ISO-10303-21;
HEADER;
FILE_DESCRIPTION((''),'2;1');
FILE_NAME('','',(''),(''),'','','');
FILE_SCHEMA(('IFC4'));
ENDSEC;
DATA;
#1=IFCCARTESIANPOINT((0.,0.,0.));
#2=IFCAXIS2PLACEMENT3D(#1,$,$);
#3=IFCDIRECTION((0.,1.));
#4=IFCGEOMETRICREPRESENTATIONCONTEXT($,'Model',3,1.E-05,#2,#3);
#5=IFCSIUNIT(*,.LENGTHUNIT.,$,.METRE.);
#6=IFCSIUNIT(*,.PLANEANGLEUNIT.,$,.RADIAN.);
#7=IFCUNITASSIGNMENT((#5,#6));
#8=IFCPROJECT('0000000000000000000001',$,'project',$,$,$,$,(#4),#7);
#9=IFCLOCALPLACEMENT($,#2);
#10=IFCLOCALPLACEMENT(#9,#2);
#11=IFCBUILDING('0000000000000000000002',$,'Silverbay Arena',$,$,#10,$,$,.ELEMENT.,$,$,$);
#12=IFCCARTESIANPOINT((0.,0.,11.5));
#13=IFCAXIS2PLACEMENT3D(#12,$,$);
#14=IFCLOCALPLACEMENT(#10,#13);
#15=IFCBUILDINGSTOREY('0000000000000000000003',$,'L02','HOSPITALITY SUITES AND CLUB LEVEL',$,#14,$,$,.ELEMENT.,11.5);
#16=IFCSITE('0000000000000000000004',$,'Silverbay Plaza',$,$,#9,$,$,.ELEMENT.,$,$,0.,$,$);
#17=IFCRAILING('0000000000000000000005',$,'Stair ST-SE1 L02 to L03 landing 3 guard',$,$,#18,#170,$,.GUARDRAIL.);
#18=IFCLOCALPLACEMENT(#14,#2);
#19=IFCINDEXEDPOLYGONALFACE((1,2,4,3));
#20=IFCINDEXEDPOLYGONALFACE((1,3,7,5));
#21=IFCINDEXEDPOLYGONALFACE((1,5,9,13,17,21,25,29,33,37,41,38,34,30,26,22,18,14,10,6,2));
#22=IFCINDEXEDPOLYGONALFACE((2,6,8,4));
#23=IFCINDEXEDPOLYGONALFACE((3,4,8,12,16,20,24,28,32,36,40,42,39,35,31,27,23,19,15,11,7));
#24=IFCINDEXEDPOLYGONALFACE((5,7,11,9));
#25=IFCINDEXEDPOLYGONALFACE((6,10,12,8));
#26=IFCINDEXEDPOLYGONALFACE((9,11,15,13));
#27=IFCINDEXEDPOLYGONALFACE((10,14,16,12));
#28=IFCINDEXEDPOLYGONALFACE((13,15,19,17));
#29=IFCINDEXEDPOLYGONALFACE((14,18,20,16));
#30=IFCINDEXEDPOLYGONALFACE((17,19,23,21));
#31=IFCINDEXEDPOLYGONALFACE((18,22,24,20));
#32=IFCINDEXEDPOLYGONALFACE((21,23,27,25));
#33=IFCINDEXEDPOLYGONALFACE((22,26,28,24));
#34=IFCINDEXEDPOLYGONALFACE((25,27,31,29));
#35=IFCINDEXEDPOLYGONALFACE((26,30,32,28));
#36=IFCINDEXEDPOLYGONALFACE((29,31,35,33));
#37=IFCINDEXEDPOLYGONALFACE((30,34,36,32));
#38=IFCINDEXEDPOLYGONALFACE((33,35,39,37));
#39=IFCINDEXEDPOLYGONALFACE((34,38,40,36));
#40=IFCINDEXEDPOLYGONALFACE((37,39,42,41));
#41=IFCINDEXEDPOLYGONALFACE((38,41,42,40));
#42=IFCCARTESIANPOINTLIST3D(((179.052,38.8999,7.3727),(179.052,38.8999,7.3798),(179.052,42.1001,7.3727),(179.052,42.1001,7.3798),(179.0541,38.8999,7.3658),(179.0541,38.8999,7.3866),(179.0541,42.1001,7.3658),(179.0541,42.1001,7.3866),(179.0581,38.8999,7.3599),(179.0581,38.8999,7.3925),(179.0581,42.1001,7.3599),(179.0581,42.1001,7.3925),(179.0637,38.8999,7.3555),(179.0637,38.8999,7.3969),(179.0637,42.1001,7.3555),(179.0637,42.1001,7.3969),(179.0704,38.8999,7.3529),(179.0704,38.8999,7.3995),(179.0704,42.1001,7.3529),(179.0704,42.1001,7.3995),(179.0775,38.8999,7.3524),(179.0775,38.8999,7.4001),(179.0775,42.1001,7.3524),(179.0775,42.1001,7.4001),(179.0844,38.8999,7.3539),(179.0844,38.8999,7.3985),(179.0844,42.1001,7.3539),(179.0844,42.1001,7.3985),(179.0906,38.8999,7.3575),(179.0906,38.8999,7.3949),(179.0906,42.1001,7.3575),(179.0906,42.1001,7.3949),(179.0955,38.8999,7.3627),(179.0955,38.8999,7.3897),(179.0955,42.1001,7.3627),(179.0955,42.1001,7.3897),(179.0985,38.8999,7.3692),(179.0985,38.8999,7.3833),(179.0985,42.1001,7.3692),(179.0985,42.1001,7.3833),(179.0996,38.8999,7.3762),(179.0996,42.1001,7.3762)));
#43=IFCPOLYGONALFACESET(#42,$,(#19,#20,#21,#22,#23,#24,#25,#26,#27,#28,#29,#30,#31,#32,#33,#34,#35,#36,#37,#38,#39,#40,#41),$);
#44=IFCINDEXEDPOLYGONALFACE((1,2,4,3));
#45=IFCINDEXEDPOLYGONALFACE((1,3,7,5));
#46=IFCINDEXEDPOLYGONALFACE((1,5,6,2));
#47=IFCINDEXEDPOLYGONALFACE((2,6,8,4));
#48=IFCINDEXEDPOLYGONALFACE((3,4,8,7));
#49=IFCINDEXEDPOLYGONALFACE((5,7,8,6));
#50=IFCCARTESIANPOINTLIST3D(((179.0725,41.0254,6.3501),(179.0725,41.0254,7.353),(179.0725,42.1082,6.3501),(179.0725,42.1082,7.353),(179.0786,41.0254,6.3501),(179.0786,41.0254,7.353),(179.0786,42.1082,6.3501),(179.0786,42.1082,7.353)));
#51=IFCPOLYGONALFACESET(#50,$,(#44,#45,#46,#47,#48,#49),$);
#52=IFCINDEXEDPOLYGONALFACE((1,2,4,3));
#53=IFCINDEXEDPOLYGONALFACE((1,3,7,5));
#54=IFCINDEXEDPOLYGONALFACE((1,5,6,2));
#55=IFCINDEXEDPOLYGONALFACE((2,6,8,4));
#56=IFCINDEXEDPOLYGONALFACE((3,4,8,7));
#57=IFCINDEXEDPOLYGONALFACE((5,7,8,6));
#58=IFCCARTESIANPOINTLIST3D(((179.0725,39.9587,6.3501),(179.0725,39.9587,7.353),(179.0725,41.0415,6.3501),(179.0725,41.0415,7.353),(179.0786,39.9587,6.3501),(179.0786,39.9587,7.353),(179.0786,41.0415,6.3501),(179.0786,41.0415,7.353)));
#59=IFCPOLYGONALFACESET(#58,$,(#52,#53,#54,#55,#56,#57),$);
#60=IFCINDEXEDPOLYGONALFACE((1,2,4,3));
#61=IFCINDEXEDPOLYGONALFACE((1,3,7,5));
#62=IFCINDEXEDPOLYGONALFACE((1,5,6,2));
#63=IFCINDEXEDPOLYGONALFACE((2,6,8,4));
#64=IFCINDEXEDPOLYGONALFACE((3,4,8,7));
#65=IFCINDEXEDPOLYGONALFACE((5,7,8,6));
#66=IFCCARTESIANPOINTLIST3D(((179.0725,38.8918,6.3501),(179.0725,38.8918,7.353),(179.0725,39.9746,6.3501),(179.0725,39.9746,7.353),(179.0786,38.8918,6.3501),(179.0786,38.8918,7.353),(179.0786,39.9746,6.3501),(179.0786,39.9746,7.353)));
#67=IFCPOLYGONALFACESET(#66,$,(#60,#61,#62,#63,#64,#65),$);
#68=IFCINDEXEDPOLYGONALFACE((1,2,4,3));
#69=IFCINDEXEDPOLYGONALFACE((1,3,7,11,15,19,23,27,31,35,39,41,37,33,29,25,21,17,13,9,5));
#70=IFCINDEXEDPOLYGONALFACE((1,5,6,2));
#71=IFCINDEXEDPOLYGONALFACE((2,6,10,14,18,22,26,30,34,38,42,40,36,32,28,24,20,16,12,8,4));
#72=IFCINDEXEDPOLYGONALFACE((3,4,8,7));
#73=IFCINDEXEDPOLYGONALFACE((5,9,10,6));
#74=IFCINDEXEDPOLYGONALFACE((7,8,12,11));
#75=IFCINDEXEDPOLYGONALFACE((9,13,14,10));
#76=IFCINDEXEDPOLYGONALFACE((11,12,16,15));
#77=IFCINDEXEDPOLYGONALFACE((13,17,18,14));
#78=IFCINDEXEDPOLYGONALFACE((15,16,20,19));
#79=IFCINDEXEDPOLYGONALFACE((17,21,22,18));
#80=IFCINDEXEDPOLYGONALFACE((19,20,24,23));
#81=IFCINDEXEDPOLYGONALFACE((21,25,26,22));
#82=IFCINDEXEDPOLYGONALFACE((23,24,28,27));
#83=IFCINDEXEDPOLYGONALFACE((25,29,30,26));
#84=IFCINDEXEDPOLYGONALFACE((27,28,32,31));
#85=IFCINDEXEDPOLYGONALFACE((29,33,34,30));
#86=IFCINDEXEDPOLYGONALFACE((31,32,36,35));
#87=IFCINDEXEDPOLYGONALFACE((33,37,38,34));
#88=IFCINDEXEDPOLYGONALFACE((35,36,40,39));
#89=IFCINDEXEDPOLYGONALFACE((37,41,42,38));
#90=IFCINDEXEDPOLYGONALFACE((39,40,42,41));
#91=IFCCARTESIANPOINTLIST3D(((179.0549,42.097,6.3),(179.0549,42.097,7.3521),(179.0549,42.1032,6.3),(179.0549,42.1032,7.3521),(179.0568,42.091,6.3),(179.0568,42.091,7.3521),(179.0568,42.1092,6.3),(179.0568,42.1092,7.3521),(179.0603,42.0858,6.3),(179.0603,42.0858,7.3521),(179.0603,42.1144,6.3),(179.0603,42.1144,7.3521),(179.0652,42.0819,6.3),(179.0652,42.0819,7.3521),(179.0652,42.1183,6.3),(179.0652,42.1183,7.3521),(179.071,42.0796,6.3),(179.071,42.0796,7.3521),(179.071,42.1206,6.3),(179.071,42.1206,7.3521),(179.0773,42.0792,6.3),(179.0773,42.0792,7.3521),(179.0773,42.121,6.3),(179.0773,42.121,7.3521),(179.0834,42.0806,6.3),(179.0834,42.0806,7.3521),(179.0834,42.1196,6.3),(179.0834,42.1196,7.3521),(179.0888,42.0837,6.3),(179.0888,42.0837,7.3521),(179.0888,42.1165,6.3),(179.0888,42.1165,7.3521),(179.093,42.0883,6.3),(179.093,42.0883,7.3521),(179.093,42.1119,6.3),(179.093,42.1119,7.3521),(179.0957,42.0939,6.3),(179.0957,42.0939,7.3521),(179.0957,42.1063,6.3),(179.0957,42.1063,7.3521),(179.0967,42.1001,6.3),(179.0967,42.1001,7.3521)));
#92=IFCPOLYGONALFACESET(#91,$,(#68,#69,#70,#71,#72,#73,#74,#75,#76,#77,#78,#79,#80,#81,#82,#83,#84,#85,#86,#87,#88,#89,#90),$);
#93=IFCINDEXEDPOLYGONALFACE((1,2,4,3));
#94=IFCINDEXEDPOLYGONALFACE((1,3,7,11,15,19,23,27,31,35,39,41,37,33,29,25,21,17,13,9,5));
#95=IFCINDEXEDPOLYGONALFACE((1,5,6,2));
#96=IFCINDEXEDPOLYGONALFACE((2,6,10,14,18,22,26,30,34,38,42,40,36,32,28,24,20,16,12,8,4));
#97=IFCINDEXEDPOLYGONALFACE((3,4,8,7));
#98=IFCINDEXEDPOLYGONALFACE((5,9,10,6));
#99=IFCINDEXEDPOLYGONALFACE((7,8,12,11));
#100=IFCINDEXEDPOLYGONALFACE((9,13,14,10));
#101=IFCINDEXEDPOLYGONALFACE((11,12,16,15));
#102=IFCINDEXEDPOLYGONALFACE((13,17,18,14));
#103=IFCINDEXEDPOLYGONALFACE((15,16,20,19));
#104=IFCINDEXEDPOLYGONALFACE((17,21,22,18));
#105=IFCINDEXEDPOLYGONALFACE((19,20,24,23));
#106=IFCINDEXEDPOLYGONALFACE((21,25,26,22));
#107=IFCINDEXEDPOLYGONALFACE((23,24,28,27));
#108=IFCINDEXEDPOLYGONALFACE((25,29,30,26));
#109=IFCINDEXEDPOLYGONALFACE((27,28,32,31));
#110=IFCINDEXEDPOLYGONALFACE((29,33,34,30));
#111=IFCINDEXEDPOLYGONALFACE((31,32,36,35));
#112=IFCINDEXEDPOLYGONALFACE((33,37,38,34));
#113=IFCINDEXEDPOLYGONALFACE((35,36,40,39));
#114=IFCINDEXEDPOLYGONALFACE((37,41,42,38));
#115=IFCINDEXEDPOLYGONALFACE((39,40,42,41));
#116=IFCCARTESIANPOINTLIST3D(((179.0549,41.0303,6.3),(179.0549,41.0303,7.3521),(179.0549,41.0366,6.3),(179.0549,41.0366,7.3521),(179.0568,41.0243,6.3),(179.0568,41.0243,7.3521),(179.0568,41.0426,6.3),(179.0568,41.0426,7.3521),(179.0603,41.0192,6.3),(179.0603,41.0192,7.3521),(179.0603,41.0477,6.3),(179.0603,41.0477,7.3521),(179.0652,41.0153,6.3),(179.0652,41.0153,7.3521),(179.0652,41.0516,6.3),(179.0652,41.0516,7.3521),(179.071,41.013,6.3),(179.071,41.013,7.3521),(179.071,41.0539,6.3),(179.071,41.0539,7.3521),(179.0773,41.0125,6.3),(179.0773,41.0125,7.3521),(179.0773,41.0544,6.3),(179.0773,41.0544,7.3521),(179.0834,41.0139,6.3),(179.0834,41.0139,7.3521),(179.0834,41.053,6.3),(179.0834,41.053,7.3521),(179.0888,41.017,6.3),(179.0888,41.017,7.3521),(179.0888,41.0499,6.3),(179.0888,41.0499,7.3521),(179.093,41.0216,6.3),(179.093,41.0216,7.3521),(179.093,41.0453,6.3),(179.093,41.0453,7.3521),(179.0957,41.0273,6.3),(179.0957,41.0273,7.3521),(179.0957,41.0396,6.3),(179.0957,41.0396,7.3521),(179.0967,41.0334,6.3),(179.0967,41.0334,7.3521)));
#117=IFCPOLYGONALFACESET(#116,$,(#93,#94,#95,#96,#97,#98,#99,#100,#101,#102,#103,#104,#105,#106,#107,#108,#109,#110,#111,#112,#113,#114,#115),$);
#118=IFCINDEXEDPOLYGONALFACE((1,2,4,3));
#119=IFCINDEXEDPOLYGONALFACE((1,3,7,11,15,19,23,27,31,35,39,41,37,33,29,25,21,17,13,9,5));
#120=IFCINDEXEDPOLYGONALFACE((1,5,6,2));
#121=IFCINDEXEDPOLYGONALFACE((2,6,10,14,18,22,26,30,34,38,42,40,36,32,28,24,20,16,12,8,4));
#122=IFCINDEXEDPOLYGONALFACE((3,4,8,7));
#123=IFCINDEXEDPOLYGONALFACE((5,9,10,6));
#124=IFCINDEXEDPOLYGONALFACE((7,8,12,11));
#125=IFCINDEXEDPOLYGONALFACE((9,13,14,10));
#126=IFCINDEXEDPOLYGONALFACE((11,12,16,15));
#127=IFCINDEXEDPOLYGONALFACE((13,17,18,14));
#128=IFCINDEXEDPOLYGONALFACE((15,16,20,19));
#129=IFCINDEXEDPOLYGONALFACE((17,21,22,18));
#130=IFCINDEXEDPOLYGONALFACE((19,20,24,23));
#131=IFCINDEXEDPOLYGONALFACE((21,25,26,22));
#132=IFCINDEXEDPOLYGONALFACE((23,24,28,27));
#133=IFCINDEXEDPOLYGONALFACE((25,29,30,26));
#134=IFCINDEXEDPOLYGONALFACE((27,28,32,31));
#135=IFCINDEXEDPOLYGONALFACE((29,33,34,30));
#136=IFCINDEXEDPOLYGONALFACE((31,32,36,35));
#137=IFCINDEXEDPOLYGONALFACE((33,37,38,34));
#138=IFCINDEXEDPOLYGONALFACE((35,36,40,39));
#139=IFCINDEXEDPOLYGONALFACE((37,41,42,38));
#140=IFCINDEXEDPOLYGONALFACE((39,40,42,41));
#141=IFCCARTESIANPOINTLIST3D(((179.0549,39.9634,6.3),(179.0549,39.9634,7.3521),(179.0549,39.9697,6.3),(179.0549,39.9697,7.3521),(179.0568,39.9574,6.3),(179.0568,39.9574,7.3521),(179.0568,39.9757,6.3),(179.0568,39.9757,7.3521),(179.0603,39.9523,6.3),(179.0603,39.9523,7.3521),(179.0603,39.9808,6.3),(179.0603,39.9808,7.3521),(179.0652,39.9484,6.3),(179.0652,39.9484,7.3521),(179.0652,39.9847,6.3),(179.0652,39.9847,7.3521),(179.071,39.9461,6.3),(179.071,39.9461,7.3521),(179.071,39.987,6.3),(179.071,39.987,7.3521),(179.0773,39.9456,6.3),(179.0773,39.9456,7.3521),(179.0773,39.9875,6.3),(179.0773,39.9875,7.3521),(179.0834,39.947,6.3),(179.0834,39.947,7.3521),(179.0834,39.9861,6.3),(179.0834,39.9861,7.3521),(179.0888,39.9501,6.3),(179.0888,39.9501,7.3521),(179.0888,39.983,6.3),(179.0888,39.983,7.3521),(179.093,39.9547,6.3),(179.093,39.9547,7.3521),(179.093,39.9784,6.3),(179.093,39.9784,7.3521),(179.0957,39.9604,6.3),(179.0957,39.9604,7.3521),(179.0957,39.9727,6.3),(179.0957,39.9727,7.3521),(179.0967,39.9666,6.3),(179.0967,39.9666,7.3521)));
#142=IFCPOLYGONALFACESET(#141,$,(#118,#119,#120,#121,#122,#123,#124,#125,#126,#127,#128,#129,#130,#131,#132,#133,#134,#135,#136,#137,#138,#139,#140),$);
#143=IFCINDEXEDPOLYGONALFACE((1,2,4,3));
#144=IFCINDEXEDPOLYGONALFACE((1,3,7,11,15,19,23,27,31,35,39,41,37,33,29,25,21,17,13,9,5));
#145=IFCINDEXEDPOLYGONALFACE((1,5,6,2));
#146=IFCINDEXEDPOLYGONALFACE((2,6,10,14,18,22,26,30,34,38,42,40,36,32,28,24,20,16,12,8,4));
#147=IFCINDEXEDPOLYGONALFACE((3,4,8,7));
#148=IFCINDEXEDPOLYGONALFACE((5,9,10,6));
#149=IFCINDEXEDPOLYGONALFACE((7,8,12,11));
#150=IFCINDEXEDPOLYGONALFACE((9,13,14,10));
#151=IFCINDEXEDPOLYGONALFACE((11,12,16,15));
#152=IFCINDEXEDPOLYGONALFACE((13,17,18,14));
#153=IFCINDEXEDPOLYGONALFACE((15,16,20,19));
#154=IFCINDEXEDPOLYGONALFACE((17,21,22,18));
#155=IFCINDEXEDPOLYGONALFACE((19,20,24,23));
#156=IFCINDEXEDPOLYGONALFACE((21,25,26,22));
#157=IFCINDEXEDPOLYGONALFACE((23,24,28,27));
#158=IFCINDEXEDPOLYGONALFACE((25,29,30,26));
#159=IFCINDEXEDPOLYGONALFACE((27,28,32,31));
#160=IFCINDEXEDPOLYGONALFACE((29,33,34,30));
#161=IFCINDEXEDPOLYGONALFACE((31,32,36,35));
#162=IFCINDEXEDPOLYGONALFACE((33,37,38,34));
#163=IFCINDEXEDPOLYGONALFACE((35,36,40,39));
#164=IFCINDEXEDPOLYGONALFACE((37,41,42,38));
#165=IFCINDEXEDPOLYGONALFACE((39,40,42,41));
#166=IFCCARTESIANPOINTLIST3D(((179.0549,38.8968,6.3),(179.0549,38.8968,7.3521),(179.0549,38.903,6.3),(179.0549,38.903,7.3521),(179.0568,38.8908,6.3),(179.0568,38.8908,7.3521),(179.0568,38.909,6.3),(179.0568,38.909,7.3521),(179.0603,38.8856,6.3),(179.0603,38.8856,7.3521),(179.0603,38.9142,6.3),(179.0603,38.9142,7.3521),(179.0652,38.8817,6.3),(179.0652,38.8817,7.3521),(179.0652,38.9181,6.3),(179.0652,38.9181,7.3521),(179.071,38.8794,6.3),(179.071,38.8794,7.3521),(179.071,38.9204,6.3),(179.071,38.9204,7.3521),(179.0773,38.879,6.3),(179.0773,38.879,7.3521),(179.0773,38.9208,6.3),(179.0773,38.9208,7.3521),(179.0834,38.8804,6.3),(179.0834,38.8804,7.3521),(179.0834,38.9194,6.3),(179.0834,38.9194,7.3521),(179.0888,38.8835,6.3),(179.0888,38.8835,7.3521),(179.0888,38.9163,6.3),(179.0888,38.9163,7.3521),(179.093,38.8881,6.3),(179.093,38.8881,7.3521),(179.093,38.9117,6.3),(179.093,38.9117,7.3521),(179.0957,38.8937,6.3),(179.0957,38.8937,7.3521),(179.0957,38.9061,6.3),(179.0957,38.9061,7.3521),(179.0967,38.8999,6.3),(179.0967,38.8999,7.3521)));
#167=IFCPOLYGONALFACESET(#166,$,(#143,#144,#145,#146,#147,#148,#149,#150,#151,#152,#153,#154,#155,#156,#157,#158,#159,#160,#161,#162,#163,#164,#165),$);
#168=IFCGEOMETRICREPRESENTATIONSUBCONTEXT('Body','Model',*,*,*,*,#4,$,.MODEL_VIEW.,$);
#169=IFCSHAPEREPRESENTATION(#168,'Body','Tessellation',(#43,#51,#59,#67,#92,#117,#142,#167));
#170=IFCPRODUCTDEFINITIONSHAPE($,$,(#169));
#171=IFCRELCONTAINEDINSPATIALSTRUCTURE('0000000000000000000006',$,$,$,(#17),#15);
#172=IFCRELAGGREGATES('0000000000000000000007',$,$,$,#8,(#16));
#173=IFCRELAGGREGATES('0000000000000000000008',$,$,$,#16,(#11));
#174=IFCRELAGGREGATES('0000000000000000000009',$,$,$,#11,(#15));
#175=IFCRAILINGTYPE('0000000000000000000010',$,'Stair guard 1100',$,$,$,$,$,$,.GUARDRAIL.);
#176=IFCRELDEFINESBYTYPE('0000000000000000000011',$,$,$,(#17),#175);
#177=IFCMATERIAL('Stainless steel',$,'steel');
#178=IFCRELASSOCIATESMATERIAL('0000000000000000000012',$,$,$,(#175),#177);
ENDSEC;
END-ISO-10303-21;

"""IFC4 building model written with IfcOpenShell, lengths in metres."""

from ifc_helpers import new_model, si_unit, direction, frame, origin, origin_2d, place, context, subcontext, project, spatial, polyline, circle, outline, extrude, material, type_object, element, save


model = new_model("IFC4")

# Units and contexts
model_context = context("Model", 3, precision=1e-05, world=origin(), true_north=direction((0.0, 1.0)))
body_context = subcontext(model_context, "Body", "Model", "MODEL_VIEW")
ifc_project = project(units=[si_unit("LENGTHUNIT", "METRE"), si_unit("PLANEANGLEUNIT", "RADIAN")], contexts=[model_context])

# Site, building, storey
site_placement = place(None, origin())
site = spatial("IfcSite", under=ifc_project, at=site_placement, Name="Silverbay Plaza", CompositionType="ELEMENT", RefElevation=0.0)
building_placement = place(site_placement, origin())
building = spatial("IfcBuilding", under=site, at=building_placement, Name="Silverbay Arena", CompositionType="ELEMENT")
storey_placement = place(building_placement, frame((0.0, 0.0, 11.5)))
storey = spatial("IfcBuildingStorey", under=building, at=storey_placement, Name="L02", Description="HOSPITALITY SUITES AND CLUB LEVEL", CompositionType="ELEMENT", Elevation=11.5)

# Railing
ifc_material_1 = material(Name="Stainless steel", Category="steel")
railing_type_1 = type_object("IfcRailingType", Name="Stair guard 1100", PredefinedType="GUARDRAIL", material=ifc_material_1)
for number, where, name in (
    (1, (179.0757, 42.1001, 6.3), "Stair ST-SE1 L02 to L03 landing 3 guard"),
):
    element("IfcRailing", number, at=place(storey_placement, frame(where)), inside=storey, type_object=railing_type_1, Name=name, PredefinedType="GUARDRAIL", context=body_context, shape_type="SweptSolid", body=[
        extrude(circle(Radius=0.0239, at=origin_2d()), frame((0.0, 0.0, 1.0762), z_axis=(0.0, -1.0, 0.0), x_axis=(1.0, 0.0, 0.0)), (0.0, 0.0, 1.0), 3.2002),
        extrude(outline(polyline([(-0.0081, 0.05), (1.0747, 0.05), (1.0747, 1.053), (-0.0081, 1.053), (-0.0081, 0.05)])), frame((0.0029, 0.0, 0.0), z_axis=(-1.0, 0.0, 0.0), x_axis=(0.0, -1.0, 0.0)), (0.0, 0.0, 1.0), 0.0061),
        extrude(outline(polyline([(-0.0081, 0.05), (1.0747, 0.05), (1.0747, 1.053), (-0.0081, 1.053), (-0.0081, 0.05)])), frame((0.0029, -1.0667, 0.0), z_axis=(-1.0, 0.0, 0.0), x_axis=(0.0, -1.0, 0.0)), (0.0, 0.0, 1.0), 0.0061),
        extrude(outline(polyline([(-0.0081, 0.05), (1.0747, 0.05), (1.0747, 1.053), (-0.0081, 1.053), (-0.0081, 0.05)])), frame((0.0029, -2.1335, 0.0), z_axis=(-1.0, 0.0, 0.0), x_axis=(0.0, -1.0, 0.0)), (0.0, 0.0, 1.0), 0.0061),
        extrude(circle(Radius=0.021, at=origin_2d()), origin(), (0.0, 0.0, 1.0), 1.052),
        extrude(circle(Radius=0.021, at=origin_2d()), frame((0.0, -1.0667, 0.0)), (0.0, 0.0, 1.0), 1.052),
        extrude(circle(Radius=0.021, at=origin_2d()), frame((0.0, -2.1335, 0.0)), (0.0, 0.0, 1.0), 1.052),
        extrude(circle(Radius=0.021, at=origin_2d()), frame((0.0, -3.2002, 0.0)), (0.0, 0.0, 1.0), 1.052),
    ])

save(model, "model.ifc")
